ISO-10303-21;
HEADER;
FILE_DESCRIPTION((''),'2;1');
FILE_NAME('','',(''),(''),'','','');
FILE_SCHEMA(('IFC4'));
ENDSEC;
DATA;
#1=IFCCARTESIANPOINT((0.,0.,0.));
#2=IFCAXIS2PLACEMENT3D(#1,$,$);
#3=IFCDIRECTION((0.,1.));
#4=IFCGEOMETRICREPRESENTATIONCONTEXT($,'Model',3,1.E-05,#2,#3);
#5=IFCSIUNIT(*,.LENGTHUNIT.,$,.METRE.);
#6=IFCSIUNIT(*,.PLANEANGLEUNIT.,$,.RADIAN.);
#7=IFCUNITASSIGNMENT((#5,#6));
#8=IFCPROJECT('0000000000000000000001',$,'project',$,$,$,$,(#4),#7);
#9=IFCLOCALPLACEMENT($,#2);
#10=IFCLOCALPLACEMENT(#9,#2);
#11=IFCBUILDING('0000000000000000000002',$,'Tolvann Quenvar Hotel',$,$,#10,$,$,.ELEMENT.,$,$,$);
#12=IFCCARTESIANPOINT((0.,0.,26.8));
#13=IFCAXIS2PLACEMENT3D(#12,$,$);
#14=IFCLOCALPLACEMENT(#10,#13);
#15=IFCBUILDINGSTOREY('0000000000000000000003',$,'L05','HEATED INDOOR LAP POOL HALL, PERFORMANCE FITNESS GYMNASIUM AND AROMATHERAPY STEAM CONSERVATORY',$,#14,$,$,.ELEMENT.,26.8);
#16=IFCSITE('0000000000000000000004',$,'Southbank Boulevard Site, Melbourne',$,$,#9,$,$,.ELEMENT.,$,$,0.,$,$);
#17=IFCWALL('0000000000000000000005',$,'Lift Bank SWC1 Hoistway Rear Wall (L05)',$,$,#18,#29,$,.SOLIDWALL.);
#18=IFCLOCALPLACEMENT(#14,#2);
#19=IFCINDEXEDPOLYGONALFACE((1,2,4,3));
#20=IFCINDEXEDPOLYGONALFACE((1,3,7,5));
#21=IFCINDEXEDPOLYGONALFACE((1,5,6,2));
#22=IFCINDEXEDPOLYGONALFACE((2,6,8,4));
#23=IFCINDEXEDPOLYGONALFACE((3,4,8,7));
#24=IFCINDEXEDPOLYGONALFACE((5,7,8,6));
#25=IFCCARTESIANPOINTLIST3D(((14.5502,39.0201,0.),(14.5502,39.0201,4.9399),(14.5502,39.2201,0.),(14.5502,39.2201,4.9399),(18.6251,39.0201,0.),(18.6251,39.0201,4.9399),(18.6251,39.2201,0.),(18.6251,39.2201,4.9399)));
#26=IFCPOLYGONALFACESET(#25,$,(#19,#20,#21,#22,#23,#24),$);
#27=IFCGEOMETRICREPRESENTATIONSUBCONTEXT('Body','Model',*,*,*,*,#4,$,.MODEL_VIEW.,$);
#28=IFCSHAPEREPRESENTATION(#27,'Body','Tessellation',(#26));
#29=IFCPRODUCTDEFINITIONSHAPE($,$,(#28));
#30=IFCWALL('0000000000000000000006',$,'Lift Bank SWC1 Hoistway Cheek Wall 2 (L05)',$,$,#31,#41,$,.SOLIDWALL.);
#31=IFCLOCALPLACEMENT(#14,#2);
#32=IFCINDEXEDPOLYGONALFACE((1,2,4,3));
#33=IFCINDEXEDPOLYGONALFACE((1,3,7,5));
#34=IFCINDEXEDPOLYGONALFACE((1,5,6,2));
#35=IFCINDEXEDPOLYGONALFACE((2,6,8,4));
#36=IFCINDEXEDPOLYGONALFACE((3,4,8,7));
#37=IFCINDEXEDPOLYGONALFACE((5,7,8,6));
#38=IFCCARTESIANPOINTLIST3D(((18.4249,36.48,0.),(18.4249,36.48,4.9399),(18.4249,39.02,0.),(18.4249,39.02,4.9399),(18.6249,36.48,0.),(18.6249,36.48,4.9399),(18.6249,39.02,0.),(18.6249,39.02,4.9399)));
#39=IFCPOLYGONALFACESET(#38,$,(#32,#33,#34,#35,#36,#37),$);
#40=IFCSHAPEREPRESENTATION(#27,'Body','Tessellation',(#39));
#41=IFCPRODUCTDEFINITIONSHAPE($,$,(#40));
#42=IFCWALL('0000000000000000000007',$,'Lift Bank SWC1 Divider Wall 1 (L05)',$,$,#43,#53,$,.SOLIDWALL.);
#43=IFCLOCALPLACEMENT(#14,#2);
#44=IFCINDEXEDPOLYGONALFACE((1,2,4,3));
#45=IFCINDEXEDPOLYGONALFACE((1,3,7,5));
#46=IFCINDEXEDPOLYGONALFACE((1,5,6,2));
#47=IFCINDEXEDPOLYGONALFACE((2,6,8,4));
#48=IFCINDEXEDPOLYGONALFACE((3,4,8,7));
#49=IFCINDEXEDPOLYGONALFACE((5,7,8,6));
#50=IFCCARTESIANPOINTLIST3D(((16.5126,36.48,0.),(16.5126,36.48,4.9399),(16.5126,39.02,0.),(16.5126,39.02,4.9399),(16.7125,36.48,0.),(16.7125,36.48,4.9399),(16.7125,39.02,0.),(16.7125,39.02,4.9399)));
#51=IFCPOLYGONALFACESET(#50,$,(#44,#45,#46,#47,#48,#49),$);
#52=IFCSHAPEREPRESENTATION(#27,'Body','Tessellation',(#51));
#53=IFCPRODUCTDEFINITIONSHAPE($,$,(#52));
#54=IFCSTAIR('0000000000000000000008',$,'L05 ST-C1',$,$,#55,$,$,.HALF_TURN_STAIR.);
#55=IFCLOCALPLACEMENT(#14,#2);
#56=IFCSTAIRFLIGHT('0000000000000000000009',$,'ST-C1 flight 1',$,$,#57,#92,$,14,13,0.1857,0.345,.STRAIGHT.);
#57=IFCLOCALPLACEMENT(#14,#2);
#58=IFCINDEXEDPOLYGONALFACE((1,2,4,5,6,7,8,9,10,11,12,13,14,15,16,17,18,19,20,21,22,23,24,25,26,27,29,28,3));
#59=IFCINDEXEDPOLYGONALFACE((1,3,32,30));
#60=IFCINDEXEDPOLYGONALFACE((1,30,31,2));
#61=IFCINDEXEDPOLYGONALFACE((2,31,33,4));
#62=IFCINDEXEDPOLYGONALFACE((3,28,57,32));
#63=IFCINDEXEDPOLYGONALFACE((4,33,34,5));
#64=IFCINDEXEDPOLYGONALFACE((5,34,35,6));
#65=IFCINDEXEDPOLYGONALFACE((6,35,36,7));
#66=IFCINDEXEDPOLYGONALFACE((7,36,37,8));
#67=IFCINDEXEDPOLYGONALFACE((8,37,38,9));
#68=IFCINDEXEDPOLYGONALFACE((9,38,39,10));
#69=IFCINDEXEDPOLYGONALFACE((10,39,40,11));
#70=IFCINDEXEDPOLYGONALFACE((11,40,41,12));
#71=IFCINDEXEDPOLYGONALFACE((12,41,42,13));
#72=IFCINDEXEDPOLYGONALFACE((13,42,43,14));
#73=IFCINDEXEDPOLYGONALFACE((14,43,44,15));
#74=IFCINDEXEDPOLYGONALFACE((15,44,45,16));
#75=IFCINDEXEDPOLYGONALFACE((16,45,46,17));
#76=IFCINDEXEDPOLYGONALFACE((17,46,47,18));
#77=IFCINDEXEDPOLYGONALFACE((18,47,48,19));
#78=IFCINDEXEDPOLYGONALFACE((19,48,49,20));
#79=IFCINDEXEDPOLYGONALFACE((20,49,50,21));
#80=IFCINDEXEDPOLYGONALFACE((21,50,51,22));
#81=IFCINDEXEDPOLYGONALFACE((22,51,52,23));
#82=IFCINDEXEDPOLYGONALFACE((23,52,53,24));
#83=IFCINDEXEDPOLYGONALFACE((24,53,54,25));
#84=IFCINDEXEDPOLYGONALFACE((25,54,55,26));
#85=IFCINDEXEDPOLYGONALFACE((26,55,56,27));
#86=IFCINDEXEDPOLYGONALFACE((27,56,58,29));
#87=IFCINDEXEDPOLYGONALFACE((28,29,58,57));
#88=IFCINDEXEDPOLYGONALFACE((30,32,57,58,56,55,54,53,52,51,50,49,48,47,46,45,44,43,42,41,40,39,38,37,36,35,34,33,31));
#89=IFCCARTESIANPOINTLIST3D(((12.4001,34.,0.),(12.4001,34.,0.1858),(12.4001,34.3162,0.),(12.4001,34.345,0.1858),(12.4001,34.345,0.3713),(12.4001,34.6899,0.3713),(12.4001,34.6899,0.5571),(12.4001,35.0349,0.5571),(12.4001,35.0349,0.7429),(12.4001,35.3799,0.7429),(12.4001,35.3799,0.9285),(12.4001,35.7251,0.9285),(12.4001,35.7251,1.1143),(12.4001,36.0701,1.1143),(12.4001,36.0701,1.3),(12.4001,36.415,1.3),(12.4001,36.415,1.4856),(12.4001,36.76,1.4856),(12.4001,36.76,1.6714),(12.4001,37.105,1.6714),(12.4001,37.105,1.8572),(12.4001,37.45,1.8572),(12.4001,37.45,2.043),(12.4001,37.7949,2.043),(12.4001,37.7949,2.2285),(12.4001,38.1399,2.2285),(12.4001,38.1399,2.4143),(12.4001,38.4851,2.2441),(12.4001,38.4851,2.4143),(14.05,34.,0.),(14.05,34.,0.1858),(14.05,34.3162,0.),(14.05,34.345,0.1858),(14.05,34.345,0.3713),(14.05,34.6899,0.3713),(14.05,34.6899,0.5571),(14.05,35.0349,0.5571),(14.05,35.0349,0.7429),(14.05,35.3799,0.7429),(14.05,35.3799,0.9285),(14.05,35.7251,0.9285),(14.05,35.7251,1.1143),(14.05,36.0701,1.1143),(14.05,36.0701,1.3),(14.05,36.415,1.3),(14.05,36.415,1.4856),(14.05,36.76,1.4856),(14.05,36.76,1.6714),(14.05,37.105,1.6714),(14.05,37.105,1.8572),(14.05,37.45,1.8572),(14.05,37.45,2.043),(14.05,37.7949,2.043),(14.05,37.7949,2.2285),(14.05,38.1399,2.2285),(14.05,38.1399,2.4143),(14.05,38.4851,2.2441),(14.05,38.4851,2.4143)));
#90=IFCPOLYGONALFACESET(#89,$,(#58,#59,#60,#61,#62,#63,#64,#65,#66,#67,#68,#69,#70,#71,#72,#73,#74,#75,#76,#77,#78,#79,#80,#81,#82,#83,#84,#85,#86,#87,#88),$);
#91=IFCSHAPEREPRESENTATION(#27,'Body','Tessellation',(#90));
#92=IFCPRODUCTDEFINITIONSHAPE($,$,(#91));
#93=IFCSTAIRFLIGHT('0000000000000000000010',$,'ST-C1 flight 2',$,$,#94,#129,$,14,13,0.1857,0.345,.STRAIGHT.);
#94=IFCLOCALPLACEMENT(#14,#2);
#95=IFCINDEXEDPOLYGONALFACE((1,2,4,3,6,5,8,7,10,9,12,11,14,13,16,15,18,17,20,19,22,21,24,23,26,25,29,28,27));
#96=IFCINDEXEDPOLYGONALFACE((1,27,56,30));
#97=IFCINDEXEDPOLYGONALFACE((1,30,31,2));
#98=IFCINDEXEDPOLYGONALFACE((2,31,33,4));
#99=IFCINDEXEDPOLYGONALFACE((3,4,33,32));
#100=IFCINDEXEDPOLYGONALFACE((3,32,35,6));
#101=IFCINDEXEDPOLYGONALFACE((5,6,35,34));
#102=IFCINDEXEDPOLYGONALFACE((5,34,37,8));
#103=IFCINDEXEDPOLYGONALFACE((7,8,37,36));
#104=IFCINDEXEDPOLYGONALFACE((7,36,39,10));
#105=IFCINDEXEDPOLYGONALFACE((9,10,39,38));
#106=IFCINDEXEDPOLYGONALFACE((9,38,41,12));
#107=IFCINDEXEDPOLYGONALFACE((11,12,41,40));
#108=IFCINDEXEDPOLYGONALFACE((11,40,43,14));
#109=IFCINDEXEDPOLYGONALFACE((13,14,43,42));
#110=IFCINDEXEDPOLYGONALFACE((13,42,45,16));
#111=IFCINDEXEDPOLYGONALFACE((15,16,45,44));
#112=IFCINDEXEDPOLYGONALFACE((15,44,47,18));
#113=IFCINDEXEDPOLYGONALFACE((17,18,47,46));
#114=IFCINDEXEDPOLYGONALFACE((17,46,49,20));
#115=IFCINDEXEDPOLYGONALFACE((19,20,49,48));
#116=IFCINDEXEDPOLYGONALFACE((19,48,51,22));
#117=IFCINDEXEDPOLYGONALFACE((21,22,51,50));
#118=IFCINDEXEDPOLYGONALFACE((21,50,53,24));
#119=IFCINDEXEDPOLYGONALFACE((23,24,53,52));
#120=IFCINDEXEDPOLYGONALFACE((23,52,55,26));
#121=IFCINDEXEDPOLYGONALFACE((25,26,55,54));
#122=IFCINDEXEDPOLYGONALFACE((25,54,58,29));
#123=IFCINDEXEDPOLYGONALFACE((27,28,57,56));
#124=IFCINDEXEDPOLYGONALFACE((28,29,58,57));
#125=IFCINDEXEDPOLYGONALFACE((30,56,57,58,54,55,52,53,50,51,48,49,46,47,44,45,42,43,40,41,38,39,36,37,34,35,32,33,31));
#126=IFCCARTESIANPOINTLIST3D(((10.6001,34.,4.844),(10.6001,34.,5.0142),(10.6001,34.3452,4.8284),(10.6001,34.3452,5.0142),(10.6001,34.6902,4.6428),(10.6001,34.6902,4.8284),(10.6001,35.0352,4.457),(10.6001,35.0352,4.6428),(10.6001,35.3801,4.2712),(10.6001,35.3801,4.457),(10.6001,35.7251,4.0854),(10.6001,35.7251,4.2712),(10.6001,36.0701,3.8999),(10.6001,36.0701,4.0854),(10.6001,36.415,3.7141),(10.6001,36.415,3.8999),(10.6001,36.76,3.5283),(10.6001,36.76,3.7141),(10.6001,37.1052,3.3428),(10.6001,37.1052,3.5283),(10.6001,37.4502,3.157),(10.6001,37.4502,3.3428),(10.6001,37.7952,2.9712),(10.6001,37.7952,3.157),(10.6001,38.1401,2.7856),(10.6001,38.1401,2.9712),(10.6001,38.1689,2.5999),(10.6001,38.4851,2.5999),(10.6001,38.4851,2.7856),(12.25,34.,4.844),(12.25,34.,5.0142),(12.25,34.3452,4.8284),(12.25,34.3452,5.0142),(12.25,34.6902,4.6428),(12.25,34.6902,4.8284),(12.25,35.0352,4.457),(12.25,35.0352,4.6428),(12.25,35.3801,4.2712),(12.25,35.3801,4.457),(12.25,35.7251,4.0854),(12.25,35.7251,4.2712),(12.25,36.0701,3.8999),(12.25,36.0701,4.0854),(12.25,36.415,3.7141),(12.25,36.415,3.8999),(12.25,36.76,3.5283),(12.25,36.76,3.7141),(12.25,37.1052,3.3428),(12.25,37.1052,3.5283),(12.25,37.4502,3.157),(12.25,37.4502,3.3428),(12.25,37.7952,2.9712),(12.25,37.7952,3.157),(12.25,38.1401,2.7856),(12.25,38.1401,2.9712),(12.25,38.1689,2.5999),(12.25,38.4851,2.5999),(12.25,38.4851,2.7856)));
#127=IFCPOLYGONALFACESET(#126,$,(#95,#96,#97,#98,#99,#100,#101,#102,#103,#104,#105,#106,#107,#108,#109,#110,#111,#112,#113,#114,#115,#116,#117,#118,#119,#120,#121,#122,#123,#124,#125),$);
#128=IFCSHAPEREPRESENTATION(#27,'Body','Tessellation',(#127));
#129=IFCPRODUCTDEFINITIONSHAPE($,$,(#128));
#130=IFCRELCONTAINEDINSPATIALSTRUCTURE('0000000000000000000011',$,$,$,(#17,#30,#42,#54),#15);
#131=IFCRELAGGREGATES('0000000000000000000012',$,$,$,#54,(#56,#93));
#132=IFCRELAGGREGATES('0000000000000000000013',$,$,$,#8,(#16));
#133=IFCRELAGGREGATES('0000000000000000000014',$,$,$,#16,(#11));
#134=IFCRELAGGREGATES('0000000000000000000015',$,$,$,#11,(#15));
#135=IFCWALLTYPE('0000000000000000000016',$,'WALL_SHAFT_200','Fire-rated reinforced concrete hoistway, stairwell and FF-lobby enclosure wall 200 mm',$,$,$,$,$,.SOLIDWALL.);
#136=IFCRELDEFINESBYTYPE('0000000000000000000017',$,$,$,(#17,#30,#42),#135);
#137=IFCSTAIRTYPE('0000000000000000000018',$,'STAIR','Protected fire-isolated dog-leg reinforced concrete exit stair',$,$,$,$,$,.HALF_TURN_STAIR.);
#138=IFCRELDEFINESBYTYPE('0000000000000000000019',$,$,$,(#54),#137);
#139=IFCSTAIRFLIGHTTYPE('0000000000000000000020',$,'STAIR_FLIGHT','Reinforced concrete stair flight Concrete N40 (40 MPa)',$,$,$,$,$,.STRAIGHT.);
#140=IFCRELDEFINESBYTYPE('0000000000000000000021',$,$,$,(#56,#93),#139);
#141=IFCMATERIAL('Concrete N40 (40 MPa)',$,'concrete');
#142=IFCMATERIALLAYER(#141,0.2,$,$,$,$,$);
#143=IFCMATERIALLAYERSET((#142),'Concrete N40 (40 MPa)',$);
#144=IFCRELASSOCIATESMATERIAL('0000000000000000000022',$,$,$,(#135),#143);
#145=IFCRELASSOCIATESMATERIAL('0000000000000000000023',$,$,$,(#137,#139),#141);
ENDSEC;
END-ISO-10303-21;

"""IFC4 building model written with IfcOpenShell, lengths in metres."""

from ifc_helpers import new_model, si_unit, direction, frame, frame_2d, origin, place, context, subcontext, project, spatial, polyline, rectangle, outline, extrude, material, layer, layer_set, type_object, element, aggregate, save


model = new_model("IFC4")

# Units and contexts
model_context = context("Model", 3, precision=1e-05, world=origin(), true_north=direction((0.0, 1.0)))
body_context = subcontext(model_context, "Body", "Model", "MODEL_VIEW")
ifc_project = project(units=[si_unit("LENGTHUNIT", "METRE"), si_unit("PLANEANGLEUNIT", "RADIAN")], contexts=[model_context])

# Site, building, storey
site_placement = place(None, origin())
site = spatial("IfcSite", under=ifc_project, at=site_placement, Name="Southbank Boulevard Site, Melbourne", CompositionType="ELEMENT", RefElevation=0.0)
building_placement = place(site_placement, origin())
building = spatial("IfcBuilding", under=site, at=building_placement, Name="Tolvann Quenvar Hotel", CompositionType="ELEMENT")
storey_placement = place(building_placement, frame((0.0, 0.0, 26.8)))
storey = spatial("IfcBuildingStorey", under=building, at=storey_placement, Name="L05", Description="HEATED INDOOR LAP POOL HALL, PERFORMANCE FITNESS GYMNASIUM AND AROMATHERAPY STEAM CONSERVATORY", CompositionType="ELEMENT", Elevation=26.8)

# Shared definitions
ifc_material_1 = material(Name="Concrete N40 (40 MPa)", Category="concrete")
ifc_layer_1 = layer(ifc_material_1, 0.2)
ifc_layer_set_1 = layer_set([ifc_layer_1], Name="Concrete N40 (40 MPa)")
wall_type_1 = type_object("IfcWallType", Name="WALL_SHAFT_200", Description="Fire-rated reinforced concrete hoistway, stairwell and FF-lobby enclosure wall 200 mm", PredefinedType="SOLIDWALL", material=ifc_layer_set_1)

# Walls
wall_1_placement = place(storey_placement, frame((14.55, 39.1201, 0.0), z_axis=(0.0, 0.0, 1.0), x_axis=(1.0, 0.0, 0.0)))
element("IfcWall", 1, at=wall_1_placement, inside=storey, type_object=wall_type_1, Name="Lift Bank SWC1 Hoistway Rear Wall (L05)", PredefinedType="SOLIDWALL", context=body_context, shape_type="SweptSolid", body=[
    extrude(rectangle(XDim=4.075, YDim=0.2, at=frame_2d((2.0376, 0.0))), origin(), (0.0, 0.0, 1.0), 4.9399),
])
for number, where, z_axis, x_axis, name in (
    (2, (18.5249, 36.48, 0.0), (0.0, 0.0, 1.0), (0.0, 1.0, 0.0), "Lift Bank SWC1 Hoistway Cheek Wall 2 (L05)"),
    (3, (16.6125, 36.48, 0.0), (0.0, 0.0, 1.0), (0.0, 1.0, 0.0), "Lift Bank SWC1 Divider Wall 1 (L05)"),
):
    element("IfcWall", number, at=place(storey_placement, frame(where, z_axis=z_axis, x_axis=x_axis)), inside=storey, type_object=wall_type_1, Name=name, PredefinedType="SOLIDWALL", context=body_context, shape_type="SweptSolid", body=[
        extrude(rectangle(XDim=2.54, YDim=0.2, at=frame_2d((1.27, 0.0))), origin(), (0.0, 0.0, 1.0), 4.9399),
    ])

# Stair, stair flights
stair_type = type_object("IfcStairType", Name="STAIR", Description="Protected fire-isolated dog-leg reinforced concrete exit stair", PredefinedType="HALF_TURN_STAIR", material=ifc_material_1)
stair_placement = place(storey_placement, origin())
stair = element("IfcStair", 4, at=stair_placement, inside=storey, type_object=stair_type, Name="L05 ST-C1", PredefinedType="HALF_TURN_STAIR")
stair_flight_type = type_object("IfcStairFlightType", Name="STAIR_FLIGHT", Description="Reinforced concrete stair flight Concrete N40 (40 MPa)", PredefinedType="STRAIGHT", material=ifc_material_1)
stair_flight_1_placement = place(storey_placement, frame((13.2251, 34.0, 0.0), z_axis=(0.0, 0.0, 1.0), x_axis=(0.0, 1.0, 0.0)))
stair_flight_1 = element("IfcStairFlight", 5, at=stair_flight_1_placement, type_object=stair_flight_type, Name="ST-C1 flight 1", NumberOfRisers=14, NumberOfTreads=13, PredefinedType="STRAIGHT", RiserHeight=0.1857, TreadLength=0.345, context=body_context, shape_type="SweptSolid", body=[
    extrude(outline(polyline([(0.0, 0.0), (0.0, 0.1858), (0.345, 0.1858), (0.345, 0.3713), (0.6899, 0.3713), (0.6899, 0.5571), (1.0349, 0.5571), (1.0349, 0.7429), (1.3799, 0.7429), (1.3799, 0.9285), (1.7251, 0.9285), (1.7251, 1.1143), (2.0701, 1.1143), (2.0701, 1.3), (2.415, 1.3), (2.415, 1.4856), (2.76, 1.4856), (2.76, 1.6714), (3.105, 1.6714), (3.105, 1.8572), (3.45, 1.8572), (3.45, 2.043), (3.7949, 2.043), (3.7949, 2.2285), (4.1399, 2.2285), (4.1399, 2.4143), (4.4851, 2.4143), (4.4851, 2.6001), (4.4851, 2.2441), (0.3162, 0.0), (0.0, 0.0)])), frame((0.0, 0.825, 0.0), z_axis=(0.0, -1.0, 0.0), x_axis=(1.0, 0.0, 0.0)), (0.0, 0.0, 1.0), 1.6499),
])
stair_flight_2_placement = place(storey_placement, frame((11.425, 38.4851, 2.5999), z_axis=(0.0, 0.0, 1.0), x_axis=(0.0, -1.0, 0.0)))
stair_flight_2 = element("IfcStairFlight", 6, at=stair_flight_2_placement, type_object=stair_flight_type, Name="ST-C1 flight 2", NumberOfRisers=14, NumberOfTreads=13, PredefinedType="STRAIGHT", RiserHeight=0.1857, TreadLength=0.345, context=body_context, shape_type="SweptSolid", body=[
    extrude(outline(polyline([(0.0, 0.0), (0.0, 0.1858), (0.345, 0.1858), (0.345, 0.3713), (0.6899, 0.3713), (0.6899, 0.5571), (1.0349, 0.5571), (1.0349, 0.7429), (1.3799, 0.7429), (1.3799, 0.9285), (1.7251, 0.9285), (1.7251, 1.1143), (2.0701, 1.1143), (2.0701, 1.3), (2.415, 1.3), (2.415, 1.4856), (2.76, 1.4856), (2.76, 1.6714), (3.105, 1.6714), (3.105, 1.8572), (3.45, 1.8572), (3.45, 2.043), (3.7949, 2.043), (3.7949, 2.2285), (4.1399, 2.2285), (4.1399, 2.4143), (4.4851, 2.4143), (4.4851, 2.6001), (4.4851, 2.2441), (0.3162, 0.0), (0.0, 0.0)])), frame((0.0, 0.825, 0.0), z_axis=(0.0, -1.0, 0.0), x_axis=(1.0, 0.0, 0.0)), (0.0, 0.0, 1.0), 1.6499),
])
aggregate(stair, [stair_flight_1, stair_flight_2])

save(model, "model.ifc")
